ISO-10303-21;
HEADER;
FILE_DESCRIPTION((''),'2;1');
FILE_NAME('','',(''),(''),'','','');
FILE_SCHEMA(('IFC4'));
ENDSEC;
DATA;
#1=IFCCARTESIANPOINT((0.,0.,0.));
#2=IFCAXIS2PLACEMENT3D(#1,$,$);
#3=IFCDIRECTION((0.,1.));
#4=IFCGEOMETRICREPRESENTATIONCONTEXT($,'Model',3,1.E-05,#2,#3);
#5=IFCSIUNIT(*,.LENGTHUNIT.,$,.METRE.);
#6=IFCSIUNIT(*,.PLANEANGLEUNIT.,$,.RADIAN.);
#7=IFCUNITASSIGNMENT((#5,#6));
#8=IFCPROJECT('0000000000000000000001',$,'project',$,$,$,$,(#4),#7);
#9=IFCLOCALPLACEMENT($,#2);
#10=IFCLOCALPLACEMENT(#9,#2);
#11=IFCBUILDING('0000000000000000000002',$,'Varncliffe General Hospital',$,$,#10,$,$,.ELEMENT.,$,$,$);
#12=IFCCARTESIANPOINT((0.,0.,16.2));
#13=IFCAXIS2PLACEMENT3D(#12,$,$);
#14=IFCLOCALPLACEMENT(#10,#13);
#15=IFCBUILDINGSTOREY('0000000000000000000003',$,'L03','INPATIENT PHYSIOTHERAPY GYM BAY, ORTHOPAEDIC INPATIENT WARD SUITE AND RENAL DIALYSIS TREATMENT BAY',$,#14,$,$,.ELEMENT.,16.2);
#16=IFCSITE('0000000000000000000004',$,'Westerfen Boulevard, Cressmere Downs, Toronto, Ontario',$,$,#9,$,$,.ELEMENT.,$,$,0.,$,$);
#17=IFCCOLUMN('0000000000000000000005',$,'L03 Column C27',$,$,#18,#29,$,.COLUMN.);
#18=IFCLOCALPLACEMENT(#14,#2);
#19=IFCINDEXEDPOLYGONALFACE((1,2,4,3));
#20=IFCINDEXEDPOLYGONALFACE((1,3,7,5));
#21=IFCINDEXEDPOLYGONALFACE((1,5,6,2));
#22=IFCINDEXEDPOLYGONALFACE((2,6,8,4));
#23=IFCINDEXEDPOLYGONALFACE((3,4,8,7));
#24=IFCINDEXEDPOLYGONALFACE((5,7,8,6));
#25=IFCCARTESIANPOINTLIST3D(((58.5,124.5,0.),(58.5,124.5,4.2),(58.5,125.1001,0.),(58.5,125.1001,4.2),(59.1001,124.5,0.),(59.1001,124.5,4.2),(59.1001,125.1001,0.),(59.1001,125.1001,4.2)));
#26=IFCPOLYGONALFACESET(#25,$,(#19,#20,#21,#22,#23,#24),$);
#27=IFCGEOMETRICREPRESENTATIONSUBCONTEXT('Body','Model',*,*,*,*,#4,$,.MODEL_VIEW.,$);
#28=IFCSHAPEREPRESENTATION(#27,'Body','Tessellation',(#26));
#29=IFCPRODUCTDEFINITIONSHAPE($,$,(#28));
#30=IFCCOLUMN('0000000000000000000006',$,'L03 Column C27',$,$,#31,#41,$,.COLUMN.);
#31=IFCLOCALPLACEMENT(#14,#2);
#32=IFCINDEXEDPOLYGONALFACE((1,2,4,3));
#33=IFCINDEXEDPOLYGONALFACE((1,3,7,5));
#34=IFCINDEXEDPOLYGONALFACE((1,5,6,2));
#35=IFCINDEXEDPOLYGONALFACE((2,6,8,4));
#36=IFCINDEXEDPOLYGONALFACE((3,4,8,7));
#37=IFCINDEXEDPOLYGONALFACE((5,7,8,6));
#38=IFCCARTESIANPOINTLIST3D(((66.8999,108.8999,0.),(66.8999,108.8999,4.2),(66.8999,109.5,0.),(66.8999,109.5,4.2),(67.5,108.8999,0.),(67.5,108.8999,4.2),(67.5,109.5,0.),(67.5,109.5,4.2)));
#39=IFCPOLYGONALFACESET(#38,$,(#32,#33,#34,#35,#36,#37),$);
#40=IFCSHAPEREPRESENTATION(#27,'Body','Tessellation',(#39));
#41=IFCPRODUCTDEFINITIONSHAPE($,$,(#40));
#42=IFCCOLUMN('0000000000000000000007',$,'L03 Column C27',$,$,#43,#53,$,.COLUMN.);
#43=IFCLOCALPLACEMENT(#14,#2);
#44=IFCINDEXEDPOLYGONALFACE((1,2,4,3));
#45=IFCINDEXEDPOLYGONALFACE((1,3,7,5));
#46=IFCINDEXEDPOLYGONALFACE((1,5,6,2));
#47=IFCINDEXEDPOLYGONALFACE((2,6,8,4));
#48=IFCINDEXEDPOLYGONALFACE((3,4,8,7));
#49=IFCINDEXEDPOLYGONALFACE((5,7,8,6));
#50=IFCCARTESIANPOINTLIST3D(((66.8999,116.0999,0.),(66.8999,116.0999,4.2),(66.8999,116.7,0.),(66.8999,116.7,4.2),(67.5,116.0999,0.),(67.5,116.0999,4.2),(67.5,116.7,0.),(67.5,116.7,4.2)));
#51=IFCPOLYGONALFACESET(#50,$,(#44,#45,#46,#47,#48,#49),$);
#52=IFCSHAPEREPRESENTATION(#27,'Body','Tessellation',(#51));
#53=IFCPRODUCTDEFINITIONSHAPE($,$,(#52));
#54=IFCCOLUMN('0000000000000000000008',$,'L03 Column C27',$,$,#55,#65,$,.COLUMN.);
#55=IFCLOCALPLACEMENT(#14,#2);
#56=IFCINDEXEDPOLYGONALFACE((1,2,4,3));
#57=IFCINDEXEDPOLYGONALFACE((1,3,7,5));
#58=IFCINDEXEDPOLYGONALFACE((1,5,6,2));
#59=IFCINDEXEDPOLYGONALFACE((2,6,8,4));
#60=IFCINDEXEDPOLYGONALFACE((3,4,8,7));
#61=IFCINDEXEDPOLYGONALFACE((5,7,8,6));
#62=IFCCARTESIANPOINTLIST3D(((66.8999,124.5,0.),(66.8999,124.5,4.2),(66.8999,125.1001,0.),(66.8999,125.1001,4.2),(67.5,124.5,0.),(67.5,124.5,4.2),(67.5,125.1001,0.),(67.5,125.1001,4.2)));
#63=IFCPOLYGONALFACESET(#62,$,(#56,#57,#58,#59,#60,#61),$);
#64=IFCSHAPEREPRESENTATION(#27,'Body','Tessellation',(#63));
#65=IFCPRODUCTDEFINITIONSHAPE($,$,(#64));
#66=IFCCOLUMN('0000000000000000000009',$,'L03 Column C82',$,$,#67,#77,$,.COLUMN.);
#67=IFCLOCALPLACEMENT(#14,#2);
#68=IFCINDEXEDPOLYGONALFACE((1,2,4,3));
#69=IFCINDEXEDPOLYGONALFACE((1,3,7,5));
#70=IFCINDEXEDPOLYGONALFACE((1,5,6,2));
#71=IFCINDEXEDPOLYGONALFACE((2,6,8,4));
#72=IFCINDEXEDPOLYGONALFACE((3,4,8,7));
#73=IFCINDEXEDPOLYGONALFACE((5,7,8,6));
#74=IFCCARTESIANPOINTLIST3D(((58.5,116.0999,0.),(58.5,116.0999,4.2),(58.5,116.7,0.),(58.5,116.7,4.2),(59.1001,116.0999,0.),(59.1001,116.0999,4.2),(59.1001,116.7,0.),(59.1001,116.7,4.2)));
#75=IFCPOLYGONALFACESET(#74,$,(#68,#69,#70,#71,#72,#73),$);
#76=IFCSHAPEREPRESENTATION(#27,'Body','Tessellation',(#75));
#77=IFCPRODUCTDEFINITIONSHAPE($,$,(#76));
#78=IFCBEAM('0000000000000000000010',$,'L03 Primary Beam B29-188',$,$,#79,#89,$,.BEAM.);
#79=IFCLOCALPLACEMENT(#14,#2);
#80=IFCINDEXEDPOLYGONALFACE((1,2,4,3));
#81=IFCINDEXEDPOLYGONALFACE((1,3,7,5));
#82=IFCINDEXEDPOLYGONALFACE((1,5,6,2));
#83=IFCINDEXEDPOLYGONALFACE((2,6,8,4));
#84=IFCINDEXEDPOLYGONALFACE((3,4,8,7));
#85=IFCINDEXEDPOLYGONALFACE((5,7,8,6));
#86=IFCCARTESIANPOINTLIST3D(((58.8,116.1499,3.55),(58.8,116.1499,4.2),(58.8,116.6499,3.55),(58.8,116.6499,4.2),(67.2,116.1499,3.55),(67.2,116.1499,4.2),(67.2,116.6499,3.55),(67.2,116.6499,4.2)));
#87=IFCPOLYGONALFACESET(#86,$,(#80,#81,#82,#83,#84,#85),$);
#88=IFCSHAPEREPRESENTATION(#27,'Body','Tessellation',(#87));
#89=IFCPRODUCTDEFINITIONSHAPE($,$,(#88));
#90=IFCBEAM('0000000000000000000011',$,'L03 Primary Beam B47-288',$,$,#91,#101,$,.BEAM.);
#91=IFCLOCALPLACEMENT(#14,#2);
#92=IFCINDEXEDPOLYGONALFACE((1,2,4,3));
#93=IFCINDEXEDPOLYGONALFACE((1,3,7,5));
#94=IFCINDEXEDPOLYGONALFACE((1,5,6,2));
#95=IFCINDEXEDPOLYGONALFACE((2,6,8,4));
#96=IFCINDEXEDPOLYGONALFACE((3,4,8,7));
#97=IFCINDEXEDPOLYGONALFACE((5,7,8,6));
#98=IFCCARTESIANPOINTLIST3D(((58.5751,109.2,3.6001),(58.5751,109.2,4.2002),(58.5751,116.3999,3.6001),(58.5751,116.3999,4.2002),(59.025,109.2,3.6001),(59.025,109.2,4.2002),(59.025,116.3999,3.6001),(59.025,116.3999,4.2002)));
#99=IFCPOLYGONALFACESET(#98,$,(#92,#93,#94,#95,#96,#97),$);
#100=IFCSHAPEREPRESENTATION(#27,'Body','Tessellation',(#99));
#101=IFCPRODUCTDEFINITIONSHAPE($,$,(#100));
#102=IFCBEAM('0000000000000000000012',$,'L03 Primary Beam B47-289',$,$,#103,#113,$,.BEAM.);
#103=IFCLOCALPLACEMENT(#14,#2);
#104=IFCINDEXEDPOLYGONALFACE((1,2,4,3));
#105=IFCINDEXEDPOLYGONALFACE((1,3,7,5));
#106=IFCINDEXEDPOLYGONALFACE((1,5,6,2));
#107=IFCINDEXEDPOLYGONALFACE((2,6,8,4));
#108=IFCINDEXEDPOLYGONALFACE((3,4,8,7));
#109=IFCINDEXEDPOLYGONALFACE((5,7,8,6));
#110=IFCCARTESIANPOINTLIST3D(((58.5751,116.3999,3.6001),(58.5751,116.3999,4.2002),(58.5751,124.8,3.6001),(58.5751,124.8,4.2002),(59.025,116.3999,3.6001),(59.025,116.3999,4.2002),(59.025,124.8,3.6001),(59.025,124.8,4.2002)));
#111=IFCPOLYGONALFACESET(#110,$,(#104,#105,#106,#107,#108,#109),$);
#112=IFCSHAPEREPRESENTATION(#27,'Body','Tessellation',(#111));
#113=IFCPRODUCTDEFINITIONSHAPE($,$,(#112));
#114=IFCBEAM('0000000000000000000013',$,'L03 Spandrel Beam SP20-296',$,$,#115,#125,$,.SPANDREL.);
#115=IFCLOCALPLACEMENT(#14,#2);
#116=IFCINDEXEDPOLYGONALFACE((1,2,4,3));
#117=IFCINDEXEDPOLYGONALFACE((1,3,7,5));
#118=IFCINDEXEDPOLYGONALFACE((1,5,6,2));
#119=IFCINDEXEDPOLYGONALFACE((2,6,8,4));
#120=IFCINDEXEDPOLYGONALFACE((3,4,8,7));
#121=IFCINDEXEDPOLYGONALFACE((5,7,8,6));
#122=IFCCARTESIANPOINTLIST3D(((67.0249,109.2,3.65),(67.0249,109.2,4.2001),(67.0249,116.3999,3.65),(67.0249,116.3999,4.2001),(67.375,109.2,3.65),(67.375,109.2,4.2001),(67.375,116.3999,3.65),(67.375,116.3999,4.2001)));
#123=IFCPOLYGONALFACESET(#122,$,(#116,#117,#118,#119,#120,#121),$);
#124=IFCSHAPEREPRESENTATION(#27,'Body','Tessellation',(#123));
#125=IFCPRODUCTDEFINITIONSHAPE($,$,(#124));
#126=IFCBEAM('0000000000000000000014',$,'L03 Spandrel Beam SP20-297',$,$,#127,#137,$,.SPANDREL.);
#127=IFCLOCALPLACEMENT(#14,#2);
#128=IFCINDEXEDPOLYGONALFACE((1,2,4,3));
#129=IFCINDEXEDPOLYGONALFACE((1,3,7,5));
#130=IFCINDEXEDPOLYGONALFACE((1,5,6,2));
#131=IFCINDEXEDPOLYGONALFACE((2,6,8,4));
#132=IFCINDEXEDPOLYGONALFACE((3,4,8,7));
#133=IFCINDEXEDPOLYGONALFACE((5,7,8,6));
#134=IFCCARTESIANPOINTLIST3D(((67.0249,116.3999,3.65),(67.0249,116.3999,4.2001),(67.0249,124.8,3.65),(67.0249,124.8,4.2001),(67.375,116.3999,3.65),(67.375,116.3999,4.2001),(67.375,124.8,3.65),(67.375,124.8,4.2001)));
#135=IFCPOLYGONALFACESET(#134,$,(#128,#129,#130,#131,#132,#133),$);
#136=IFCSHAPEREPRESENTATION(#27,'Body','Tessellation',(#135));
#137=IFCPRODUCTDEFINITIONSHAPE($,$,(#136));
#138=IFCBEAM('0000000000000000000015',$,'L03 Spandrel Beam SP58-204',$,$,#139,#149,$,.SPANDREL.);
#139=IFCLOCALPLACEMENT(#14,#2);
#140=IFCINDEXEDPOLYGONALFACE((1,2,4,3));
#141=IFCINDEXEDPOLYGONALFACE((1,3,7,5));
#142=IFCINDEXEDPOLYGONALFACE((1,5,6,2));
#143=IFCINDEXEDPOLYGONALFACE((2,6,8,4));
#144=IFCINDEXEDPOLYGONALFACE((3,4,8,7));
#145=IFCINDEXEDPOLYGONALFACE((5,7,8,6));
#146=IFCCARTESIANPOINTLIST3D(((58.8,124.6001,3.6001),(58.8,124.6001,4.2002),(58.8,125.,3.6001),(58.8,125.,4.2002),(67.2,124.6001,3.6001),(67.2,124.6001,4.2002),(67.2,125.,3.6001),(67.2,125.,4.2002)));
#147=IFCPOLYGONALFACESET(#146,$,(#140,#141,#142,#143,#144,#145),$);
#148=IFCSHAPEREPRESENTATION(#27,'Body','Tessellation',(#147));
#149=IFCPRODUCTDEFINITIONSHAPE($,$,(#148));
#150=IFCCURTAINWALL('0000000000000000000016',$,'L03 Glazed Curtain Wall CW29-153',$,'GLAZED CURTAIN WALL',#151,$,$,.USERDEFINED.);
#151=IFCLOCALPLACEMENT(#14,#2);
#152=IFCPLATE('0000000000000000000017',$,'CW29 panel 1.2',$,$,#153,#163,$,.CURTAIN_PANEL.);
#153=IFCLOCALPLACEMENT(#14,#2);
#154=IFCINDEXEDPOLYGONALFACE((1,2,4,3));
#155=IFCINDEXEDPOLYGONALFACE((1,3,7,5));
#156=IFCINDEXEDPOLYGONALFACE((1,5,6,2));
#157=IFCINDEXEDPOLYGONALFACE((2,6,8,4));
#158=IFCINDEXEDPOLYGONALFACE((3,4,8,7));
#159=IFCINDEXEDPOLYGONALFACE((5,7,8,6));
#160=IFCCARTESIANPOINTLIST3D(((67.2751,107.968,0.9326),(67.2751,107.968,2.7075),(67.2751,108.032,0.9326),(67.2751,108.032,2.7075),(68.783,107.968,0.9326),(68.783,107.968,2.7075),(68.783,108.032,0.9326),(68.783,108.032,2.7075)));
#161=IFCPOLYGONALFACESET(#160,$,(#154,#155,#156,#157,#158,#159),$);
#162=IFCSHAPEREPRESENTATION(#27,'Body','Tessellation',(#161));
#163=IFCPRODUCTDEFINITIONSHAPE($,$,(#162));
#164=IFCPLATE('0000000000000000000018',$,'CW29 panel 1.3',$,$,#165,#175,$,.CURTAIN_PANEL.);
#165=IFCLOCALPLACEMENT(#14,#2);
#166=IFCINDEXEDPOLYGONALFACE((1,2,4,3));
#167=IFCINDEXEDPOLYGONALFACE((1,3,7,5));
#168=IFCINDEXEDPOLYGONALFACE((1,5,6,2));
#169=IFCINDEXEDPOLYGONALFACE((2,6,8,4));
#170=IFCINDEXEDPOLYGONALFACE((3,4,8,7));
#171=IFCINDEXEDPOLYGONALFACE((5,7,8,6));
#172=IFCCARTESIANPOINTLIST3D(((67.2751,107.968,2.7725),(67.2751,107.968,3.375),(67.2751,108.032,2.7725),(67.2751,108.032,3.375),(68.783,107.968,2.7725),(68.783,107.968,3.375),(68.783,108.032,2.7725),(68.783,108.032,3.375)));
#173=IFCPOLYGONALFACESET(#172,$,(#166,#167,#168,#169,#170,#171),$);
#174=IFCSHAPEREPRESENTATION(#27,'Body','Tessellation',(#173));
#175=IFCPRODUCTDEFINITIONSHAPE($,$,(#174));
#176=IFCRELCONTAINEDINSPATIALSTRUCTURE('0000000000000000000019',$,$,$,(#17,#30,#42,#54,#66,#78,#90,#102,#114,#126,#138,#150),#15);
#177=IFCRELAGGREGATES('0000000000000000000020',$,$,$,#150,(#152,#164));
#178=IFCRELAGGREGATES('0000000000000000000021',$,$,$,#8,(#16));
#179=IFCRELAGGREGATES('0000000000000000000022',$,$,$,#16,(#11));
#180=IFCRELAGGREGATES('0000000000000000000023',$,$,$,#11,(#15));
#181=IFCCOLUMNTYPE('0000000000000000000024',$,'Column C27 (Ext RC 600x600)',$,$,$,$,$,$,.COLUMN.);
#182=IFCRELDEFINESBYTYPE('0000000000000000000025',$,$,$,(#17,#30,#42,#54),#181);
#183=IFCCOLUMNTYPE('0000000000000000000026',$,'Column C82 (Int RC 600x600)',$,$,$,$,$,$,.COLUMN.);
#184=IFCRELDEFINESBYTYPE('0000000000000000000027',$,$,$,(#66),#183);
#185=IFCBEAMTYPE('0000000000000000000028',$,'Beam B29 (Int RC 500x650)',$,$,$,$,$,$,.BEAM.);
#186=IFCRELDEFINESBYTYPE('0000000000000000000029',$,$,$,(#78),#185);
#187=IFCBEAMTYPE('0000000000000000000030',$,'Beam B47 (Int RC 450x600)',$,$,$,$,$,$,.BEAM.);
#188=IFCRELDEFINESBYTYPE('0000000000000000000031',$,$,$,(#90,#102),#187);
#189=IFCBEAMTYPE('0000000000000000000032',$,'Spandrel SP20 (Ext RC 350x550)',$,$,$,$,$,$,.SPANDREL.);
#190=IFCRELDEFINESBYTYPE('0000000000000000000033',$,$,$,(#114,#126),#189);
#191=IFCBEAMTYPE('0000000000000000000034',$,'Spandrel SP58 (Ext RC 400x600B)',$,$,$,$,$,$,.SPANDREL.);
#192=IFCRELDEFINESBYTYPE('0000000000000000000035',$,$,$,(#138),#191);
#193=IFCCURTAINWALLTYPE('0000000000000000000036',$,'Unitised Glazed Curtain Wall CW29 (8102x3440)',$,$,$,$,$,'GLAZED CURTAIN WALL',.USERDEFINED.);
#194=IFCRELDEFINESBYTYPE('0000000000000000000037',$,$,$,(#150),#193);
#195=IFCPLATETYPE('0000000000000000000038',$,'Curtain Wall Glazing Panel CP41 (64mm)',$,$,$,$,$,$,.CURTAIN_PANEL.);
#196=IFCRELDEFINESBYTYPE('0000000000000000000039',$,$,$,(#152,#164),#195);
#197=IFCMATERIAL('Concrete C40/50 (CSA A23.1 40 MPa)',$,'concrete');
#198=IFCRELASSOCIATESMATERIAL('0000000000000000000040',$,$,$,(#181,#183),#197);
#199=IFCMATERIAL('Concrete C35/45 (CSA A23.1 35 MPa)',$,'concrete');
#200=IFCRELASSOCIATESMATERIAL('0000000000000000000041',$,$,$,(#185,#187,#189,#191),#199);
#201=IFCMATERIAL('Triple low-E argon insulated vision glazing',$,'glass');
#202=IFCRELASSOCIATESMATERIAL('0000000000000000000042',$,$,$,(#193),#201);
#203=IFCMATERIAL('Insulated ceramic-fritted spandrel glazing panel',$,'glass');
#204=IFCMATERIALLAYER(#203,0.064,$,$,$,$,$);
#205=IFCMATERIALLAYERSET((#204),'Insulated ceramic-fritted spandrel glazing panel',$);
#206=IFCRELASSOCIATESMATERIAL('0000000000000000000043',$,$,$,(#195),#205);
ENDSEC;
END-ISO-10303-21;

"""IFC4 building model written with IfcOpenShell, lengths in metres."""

from ifc_helpers import new_model, si_unit, direction, frame, origin, origin_2d, place, context, subcontext, project, spatial, rectangle, extrude, material, layer, layer_set, material_profile, profile_set, type_object, element, aggregate, save


model = new_model("IFC4")

# Units and contexts
model_context = context("Model", 3, precision=1e-05, world=origin(), true_north=direction((0.0, 1.0)))
body_context = subcontext(model_context, "Body", "Model", "MODEL_VIEW")
ifc_project = project(units=[si_unit("LENGTHUNIT", "METRE"), si_unit("PLANEANGLEUNIT", "RADIAN")], contexts=[model_context])

# Site, building, storey
site_placement = place(None, origin())
site = spatial("IfcSite", under=ifc_project, at=site_placement, Name="Westerfen Boulevard, Cressmere Downs, Toronto, Ontario", CompositionType="ELEMENT", RefElevation=0.0)
building_placement = place(site_placement, origin())
building = spatial("IfcBuilding", under=site, at=building_placement, Name="Varncliffe General Hospital", CompositionType="ELEMENT")
storey_placement = place(building_placement, frame((0.0, 0.0, 16.2)))
storey = spatial("IfcBuildingStorey", under=building, at=storey_placement, Name="L03", Description="INPATIENT PHYSIOTHERAPY GYM BAY, ORTHOPAEDIC INPATIENT WARD SUITE AND RENAL DIALYSIS TREATMENT BAY", CompositionType="ELEMENT", Elevation=16.2)

# Columns
ifc_material_1 = material(Name="Concrete C40/50 (CSA A23.1 40 MPa)", Category="concrete")
ifc_material_profile_1 = material_profile(ifc_material_1, rectangle(XDim=0.6001, YDim=0.6001, at=origin_2d()), Name="RC 600x600")
ifc_profile_set_1 = profile_set([ifc_material_profile_1], Name="Concrete C40/50 (CSA A23.1 40 MPa)")
column_type_1 = type_object("IfcColumnType", Name="Column C27 (Ext RC 600x600)", PredefinedType="COLUMN", material=ifc_profile_set_1)
for number, where, z_axis, x_axis, name in (
    (1, (58.8, 124.8, 0.0), (0.0, 0.0, 1.0), (1.0, 0.0, 0.0), "L03 Column C27"),
    (2, (67.2, 109.2, 0.0), (0.0, 0.0, 1.0), (1.0, 0.0, 0.0), "L03 Column C27"),
    (3, (67.2, 116.3999, 0.0), (0.0, 0.0, 1.0), (1.0, 0.0, 0.0), "L03 Column C27"),
    (4, (67.2, 124.8, 0.0), (0.0, 0.0, 1.0), (1.0, 0.0, 0.0), "L03 Column C27"),
):
    element("IfcColumn", number, at=place(storey_placement, frame(where, z_axis=z_axis, x_axis=x_axis)), inside=storey, type_object=column_type_1, Name=name, PredefinedType="COLUMN", context=body_context, shape_type="SweptSolid", body=[
        extrude(rectangle(XDim=0.6001, YDim=0.6001, at=origin_2d()), origin(), (0.0, 0.0, 1.0), 4.2),
    ])
ifc_material_profile_2 = material_profile(ifc_material_1, rectangle(XDim=0.6001, YDim=0.6001, at=origin_2d()), Name="RC 600x600")
ifc_profile_set_2 = profile_set([ifc_material_profile_2], Name="Concrete C40/50 (CSA A23.1 40 MPa)")
column_type_2 = type_object("IfcColumnType", Name="Column C82 (Int RC 600x600)", PredefinedType="COLUMN", material=ifc_profile_set_2)
column_placement = place(storey_placement, frame((58.8, 116.3999, 0.0), z_axis=(0.0, 0.0, 1.0), x_axis=(1.0, 0.0, 0.0)))
element("IfcColumn", 5, at=column_placement, inside=storey, type_object=column_type_2, Name="L03 Column C82", PredefinedType="COLUMN", context=body_context, shape_type="SweptSolid", body=[
    extrude(rectangle(XDim=0.6001, YDim=0.6001, at=origin_2d()), origin(), (0.0, 0.0, 1.0), 4.2),
])

# Beams
ifc_material_2 = material(Name="Concrete C35/45 (CSA A23.1 35 MPa)", Category="concrete")
ifc_material_profile_3 = material_profile(ifc_material_2, rectangle(XDim=0.5, YDim=0.6499, at=origin_2d()), Name="RC 500x650")
ifc_profile_set_3 = profile_set([ifc_material_profile_3], Name="Concrete C35/45 (CSA A23.1 35 MPa)")
beam_type_1 = type_object("IfcBeamType", Name="Beam B29 (Int RC 500x650)", PredefinedType="BEAM", material=ifc_profile_set_3)
beam_1_placement = place(storey_placement, frame((58.8, 116.3999, 3.875), z_axis=(1.0, 0.0, 0.0), x_axis=(0.0, 1.0, 0.0)))
element("IfcBeam", 6, at=beam_1_placement, inside=storey, type_object=beam_type_1, Name="L03 Primary Beam B29-188", PredefinedType="BEAM", context=body_context, shape_type="SweptSolid", body=[
    extrude(rectangle(XDim=0.5, YDim=0.6499, at=origin_2d()), origin(), (0.0, 0.0, 1.0), 8.3999),
])
ifc_material_profile_4 = material_profile(ifc_material_2, rectangle(XDim=0.45, YDim=0.6001, at=origin_2d()), Name="RC 450x600")
ifc_profile_set_4 = profile_set([ifc_material_profile_4], Name="Concrete C35/45 (CSA A23.1 35 MPa)")
beam_type_2 = type_object("IfcBeamType", Name="Beam B47 (Int RC 450x600)", PredefinedType="BEAM", material=ifc_profile_set_4)
beam_2_placement = place(storey_placement, frame((58.8, 109.2, 3.9001), z_axis=(0.0, 1.0, 0.0), x_axis=(-1.0, 0.0, 0.0)))
element("IfcBeam", 7, at=beam_2_placement, inside=storey, type_object=beam_type_2, Name="L03 Primary Beam B47-288", PredefinedType="BEAM", context=body_context, shape_type="SweptSolid", body=[
    extrude(rectangle(XDim=0.45, YDim=0.6001, at=origin_2d()), origin(), (0.0, 0.0, 1.0), 7.2),
])
beam_3_placement = place(storey_placement, frame((58.8, 116.3999, 3.9001), z_axis=(0.0, 1.0, 0.0), x_axis=(-1.0, 0.0, 0.0)))
element("IfcBeam", 8, at=beam_3_placement, inside=storey, type_object=beam_type_2, Name="L03 Primary Beam B47-289", PredefinedType="BEAM", context=body_context, shape_type="SweptSolid", body=[
    extrude(rectangle(XDim=0.45, YDim=0.6001, at=origin_2d()), origin(), (0.0, 0.0, 1.0), 8.4001),
])
ifc_material_profile_5 = material_profile(ifc_material_2, rectangle(XDim=0.3501, YDim=0.55, at=origin_2d()), Name="RC 350x550")
ifc_profile_set_5 = profile_set([ifc_material_profile_5], Name="Concrete C35/45 (CSA A23.1 35 MPa)")
beam_type_3 = type_object("IfcBeamType", Name="Spandrel SP20 (Ext RC 350x550)", PredefinedType="SPANDREL", material=ifc_profile_set_5)
beam_4_placement = place(storey_placement, frame((67.2, 109.2, 3.925), z_axis=(0.0, 1.0, 0.0), x_axis=(-1.0, 0.0, 0.0)))
element("IfcBeam", 9, at=beam_4_placement, inside=storey, type_object=beam_type_3, Name="L03 Spandrel Beam SP20-296", PredefinedType="SPANDREL", context=body_context, shape_type="SweptSolid", body=[
    extrude(rectangle(XDim=0.3501, YDim=0.55, at=origin_2d()), origin(), (0.0, 0.0, 1.0), 7.2),
])
beam_5_placement = place(storey_placement, frame((67.2, 116.3999, 3.925), z_axis=(0.0, 1.0, 0.0), x_axis=(-1.0, 0.0, 0.0)))
element("IfcBeam", 10, at=beam_5_placement, inside=storey, type_object=beam_type_3, Name="L03 Spandrel Beam SP20-297", PredefinedType="SPANDREL", context=body_context, shape_type="SweptSolid", body=[
    extrude(rectangle(XDim=0.3501, YDim=0.55, at=origin_2d()), origin(), (0.0, 0.0, 1.0), 8.4001),
])
ifc_material_profile_6 = material_profile(ifc_material_2, rectangle(XDim=0.3999, YDim=0.6001, at=origin_2d()), Name="RC 400x600")
ifc_profile_set_6 = profile_set([ifc_material_profile_6], Name="Concrete C35/45 (CSA A23.1 35 MPa)")
beam_type_4 = type_object("IfcBeamType", Name="Spandrel SP58 (Ext RC 400x600B)", PredefinedType="SPANDREL", material=ifc_profile_set_6)
beam_6_placement = place(storey_placement, frame((58.8, 124.8, 3.9001), z_axis=(1.0, 0.0, 0.0), x_axis=(0.0, 1.0, 0.0)))
element("IfcBeam", 11, at=beam_6_placement, inside=storey, type_object=beam_type_4, Name="L03 Spandrel Beam SP58-204", PredefinedType="SPANDREL", context=body_context, shape_type="SweptSolid", body=[
    extrude(rectangle(XDim=0.3999, YDim=0.6001, at=origin_2d()), origin(), (0.0, 0.0, 1.0), 8.3999),
])

# Curtain wall, plates
ifc_material_3 = material(Name="Triple low-E argon insulated vision glazing", Category="glass")
curtain_wall_type = type_object("IfcCurtainWallType", Name="Unitised Glazed Curtain Wall CW29 (8102x3440)", ElementType="GLAZED CURTAIN WALL", PredefinedType="USERDEFINED", material=ifc_material_3)
curtain_wall_placement = place(storey_placement, origin())
curtain_wall = element("IfcCurtainWall", 12, at=curtain_wall_placement, inside=storey, type_object=curtain_wall_type, Name="L03 Glazed Curtain Wall CW29-153", ObjectType="GLAZED CURTAIN WALL", PredefinedType="USERDEFINED")
ifc_material_4 = material(Name="Insulated ceramic-fritted spandrel glazing panel", Category="glass")
ifc_layer_1 = layer(ifc_material_4, 0.064)
ifc_layer_set_1 = layer_set([ifc_layer_1], Name="Insulated ceramic-fritted spandrel glazing panel")
plate_type = type_object("IfcPlateType", Name="Curtain Wall Glazing Panel CP41 (64mm)", PredefinedType="CURTAIN_PANEL", material=ifc_layer_set_1)
plate_1_placement = place(storey_placement, frame((68.0291, 108.0, 0.9326), z_axis=(0.0, 0.0, 1.0), x_axis=(1.0, 0.0, 0.0)))
plate_1 = element("IfcPlate", 13, at=plate_1_placement, type_object=plate_type, Name="CW29 panel 1.2", PredefinedType="CURTAIN_PANEL", context=body_context, shape_type="SweptSolid", body=[
    extrude(rectangle(XDim=1.5078, YDim=0.064, at=origin_2d()), origin(), (0.0, 0.0, 1.0), 1.7749),
])
plate_2_placement = place(storey_placement, frame((68.0291, 108.0, 2.7725), z_axis=(0.0, 0.0, 1.0), x_axis=(1.0, 0.0, 0.0)))
plate_2 = element("IfcPlate", 14, at=plate_2_placement, type_object=plate_type, Name="CW29 panel 1.3", PredefinedType="CURTAIN_PANEL", context=body_context, shape_type="SweptSolid", body=[
    extrude(rectangle(XDim=1.5078, YDim=0.064, at=origin_2d()), origin(), (0.0, 0.0, 1.0), 0.6025),
])
aggregate(curtain_wall, [plate_1, plate_2])

save(model, "model.ifc")
